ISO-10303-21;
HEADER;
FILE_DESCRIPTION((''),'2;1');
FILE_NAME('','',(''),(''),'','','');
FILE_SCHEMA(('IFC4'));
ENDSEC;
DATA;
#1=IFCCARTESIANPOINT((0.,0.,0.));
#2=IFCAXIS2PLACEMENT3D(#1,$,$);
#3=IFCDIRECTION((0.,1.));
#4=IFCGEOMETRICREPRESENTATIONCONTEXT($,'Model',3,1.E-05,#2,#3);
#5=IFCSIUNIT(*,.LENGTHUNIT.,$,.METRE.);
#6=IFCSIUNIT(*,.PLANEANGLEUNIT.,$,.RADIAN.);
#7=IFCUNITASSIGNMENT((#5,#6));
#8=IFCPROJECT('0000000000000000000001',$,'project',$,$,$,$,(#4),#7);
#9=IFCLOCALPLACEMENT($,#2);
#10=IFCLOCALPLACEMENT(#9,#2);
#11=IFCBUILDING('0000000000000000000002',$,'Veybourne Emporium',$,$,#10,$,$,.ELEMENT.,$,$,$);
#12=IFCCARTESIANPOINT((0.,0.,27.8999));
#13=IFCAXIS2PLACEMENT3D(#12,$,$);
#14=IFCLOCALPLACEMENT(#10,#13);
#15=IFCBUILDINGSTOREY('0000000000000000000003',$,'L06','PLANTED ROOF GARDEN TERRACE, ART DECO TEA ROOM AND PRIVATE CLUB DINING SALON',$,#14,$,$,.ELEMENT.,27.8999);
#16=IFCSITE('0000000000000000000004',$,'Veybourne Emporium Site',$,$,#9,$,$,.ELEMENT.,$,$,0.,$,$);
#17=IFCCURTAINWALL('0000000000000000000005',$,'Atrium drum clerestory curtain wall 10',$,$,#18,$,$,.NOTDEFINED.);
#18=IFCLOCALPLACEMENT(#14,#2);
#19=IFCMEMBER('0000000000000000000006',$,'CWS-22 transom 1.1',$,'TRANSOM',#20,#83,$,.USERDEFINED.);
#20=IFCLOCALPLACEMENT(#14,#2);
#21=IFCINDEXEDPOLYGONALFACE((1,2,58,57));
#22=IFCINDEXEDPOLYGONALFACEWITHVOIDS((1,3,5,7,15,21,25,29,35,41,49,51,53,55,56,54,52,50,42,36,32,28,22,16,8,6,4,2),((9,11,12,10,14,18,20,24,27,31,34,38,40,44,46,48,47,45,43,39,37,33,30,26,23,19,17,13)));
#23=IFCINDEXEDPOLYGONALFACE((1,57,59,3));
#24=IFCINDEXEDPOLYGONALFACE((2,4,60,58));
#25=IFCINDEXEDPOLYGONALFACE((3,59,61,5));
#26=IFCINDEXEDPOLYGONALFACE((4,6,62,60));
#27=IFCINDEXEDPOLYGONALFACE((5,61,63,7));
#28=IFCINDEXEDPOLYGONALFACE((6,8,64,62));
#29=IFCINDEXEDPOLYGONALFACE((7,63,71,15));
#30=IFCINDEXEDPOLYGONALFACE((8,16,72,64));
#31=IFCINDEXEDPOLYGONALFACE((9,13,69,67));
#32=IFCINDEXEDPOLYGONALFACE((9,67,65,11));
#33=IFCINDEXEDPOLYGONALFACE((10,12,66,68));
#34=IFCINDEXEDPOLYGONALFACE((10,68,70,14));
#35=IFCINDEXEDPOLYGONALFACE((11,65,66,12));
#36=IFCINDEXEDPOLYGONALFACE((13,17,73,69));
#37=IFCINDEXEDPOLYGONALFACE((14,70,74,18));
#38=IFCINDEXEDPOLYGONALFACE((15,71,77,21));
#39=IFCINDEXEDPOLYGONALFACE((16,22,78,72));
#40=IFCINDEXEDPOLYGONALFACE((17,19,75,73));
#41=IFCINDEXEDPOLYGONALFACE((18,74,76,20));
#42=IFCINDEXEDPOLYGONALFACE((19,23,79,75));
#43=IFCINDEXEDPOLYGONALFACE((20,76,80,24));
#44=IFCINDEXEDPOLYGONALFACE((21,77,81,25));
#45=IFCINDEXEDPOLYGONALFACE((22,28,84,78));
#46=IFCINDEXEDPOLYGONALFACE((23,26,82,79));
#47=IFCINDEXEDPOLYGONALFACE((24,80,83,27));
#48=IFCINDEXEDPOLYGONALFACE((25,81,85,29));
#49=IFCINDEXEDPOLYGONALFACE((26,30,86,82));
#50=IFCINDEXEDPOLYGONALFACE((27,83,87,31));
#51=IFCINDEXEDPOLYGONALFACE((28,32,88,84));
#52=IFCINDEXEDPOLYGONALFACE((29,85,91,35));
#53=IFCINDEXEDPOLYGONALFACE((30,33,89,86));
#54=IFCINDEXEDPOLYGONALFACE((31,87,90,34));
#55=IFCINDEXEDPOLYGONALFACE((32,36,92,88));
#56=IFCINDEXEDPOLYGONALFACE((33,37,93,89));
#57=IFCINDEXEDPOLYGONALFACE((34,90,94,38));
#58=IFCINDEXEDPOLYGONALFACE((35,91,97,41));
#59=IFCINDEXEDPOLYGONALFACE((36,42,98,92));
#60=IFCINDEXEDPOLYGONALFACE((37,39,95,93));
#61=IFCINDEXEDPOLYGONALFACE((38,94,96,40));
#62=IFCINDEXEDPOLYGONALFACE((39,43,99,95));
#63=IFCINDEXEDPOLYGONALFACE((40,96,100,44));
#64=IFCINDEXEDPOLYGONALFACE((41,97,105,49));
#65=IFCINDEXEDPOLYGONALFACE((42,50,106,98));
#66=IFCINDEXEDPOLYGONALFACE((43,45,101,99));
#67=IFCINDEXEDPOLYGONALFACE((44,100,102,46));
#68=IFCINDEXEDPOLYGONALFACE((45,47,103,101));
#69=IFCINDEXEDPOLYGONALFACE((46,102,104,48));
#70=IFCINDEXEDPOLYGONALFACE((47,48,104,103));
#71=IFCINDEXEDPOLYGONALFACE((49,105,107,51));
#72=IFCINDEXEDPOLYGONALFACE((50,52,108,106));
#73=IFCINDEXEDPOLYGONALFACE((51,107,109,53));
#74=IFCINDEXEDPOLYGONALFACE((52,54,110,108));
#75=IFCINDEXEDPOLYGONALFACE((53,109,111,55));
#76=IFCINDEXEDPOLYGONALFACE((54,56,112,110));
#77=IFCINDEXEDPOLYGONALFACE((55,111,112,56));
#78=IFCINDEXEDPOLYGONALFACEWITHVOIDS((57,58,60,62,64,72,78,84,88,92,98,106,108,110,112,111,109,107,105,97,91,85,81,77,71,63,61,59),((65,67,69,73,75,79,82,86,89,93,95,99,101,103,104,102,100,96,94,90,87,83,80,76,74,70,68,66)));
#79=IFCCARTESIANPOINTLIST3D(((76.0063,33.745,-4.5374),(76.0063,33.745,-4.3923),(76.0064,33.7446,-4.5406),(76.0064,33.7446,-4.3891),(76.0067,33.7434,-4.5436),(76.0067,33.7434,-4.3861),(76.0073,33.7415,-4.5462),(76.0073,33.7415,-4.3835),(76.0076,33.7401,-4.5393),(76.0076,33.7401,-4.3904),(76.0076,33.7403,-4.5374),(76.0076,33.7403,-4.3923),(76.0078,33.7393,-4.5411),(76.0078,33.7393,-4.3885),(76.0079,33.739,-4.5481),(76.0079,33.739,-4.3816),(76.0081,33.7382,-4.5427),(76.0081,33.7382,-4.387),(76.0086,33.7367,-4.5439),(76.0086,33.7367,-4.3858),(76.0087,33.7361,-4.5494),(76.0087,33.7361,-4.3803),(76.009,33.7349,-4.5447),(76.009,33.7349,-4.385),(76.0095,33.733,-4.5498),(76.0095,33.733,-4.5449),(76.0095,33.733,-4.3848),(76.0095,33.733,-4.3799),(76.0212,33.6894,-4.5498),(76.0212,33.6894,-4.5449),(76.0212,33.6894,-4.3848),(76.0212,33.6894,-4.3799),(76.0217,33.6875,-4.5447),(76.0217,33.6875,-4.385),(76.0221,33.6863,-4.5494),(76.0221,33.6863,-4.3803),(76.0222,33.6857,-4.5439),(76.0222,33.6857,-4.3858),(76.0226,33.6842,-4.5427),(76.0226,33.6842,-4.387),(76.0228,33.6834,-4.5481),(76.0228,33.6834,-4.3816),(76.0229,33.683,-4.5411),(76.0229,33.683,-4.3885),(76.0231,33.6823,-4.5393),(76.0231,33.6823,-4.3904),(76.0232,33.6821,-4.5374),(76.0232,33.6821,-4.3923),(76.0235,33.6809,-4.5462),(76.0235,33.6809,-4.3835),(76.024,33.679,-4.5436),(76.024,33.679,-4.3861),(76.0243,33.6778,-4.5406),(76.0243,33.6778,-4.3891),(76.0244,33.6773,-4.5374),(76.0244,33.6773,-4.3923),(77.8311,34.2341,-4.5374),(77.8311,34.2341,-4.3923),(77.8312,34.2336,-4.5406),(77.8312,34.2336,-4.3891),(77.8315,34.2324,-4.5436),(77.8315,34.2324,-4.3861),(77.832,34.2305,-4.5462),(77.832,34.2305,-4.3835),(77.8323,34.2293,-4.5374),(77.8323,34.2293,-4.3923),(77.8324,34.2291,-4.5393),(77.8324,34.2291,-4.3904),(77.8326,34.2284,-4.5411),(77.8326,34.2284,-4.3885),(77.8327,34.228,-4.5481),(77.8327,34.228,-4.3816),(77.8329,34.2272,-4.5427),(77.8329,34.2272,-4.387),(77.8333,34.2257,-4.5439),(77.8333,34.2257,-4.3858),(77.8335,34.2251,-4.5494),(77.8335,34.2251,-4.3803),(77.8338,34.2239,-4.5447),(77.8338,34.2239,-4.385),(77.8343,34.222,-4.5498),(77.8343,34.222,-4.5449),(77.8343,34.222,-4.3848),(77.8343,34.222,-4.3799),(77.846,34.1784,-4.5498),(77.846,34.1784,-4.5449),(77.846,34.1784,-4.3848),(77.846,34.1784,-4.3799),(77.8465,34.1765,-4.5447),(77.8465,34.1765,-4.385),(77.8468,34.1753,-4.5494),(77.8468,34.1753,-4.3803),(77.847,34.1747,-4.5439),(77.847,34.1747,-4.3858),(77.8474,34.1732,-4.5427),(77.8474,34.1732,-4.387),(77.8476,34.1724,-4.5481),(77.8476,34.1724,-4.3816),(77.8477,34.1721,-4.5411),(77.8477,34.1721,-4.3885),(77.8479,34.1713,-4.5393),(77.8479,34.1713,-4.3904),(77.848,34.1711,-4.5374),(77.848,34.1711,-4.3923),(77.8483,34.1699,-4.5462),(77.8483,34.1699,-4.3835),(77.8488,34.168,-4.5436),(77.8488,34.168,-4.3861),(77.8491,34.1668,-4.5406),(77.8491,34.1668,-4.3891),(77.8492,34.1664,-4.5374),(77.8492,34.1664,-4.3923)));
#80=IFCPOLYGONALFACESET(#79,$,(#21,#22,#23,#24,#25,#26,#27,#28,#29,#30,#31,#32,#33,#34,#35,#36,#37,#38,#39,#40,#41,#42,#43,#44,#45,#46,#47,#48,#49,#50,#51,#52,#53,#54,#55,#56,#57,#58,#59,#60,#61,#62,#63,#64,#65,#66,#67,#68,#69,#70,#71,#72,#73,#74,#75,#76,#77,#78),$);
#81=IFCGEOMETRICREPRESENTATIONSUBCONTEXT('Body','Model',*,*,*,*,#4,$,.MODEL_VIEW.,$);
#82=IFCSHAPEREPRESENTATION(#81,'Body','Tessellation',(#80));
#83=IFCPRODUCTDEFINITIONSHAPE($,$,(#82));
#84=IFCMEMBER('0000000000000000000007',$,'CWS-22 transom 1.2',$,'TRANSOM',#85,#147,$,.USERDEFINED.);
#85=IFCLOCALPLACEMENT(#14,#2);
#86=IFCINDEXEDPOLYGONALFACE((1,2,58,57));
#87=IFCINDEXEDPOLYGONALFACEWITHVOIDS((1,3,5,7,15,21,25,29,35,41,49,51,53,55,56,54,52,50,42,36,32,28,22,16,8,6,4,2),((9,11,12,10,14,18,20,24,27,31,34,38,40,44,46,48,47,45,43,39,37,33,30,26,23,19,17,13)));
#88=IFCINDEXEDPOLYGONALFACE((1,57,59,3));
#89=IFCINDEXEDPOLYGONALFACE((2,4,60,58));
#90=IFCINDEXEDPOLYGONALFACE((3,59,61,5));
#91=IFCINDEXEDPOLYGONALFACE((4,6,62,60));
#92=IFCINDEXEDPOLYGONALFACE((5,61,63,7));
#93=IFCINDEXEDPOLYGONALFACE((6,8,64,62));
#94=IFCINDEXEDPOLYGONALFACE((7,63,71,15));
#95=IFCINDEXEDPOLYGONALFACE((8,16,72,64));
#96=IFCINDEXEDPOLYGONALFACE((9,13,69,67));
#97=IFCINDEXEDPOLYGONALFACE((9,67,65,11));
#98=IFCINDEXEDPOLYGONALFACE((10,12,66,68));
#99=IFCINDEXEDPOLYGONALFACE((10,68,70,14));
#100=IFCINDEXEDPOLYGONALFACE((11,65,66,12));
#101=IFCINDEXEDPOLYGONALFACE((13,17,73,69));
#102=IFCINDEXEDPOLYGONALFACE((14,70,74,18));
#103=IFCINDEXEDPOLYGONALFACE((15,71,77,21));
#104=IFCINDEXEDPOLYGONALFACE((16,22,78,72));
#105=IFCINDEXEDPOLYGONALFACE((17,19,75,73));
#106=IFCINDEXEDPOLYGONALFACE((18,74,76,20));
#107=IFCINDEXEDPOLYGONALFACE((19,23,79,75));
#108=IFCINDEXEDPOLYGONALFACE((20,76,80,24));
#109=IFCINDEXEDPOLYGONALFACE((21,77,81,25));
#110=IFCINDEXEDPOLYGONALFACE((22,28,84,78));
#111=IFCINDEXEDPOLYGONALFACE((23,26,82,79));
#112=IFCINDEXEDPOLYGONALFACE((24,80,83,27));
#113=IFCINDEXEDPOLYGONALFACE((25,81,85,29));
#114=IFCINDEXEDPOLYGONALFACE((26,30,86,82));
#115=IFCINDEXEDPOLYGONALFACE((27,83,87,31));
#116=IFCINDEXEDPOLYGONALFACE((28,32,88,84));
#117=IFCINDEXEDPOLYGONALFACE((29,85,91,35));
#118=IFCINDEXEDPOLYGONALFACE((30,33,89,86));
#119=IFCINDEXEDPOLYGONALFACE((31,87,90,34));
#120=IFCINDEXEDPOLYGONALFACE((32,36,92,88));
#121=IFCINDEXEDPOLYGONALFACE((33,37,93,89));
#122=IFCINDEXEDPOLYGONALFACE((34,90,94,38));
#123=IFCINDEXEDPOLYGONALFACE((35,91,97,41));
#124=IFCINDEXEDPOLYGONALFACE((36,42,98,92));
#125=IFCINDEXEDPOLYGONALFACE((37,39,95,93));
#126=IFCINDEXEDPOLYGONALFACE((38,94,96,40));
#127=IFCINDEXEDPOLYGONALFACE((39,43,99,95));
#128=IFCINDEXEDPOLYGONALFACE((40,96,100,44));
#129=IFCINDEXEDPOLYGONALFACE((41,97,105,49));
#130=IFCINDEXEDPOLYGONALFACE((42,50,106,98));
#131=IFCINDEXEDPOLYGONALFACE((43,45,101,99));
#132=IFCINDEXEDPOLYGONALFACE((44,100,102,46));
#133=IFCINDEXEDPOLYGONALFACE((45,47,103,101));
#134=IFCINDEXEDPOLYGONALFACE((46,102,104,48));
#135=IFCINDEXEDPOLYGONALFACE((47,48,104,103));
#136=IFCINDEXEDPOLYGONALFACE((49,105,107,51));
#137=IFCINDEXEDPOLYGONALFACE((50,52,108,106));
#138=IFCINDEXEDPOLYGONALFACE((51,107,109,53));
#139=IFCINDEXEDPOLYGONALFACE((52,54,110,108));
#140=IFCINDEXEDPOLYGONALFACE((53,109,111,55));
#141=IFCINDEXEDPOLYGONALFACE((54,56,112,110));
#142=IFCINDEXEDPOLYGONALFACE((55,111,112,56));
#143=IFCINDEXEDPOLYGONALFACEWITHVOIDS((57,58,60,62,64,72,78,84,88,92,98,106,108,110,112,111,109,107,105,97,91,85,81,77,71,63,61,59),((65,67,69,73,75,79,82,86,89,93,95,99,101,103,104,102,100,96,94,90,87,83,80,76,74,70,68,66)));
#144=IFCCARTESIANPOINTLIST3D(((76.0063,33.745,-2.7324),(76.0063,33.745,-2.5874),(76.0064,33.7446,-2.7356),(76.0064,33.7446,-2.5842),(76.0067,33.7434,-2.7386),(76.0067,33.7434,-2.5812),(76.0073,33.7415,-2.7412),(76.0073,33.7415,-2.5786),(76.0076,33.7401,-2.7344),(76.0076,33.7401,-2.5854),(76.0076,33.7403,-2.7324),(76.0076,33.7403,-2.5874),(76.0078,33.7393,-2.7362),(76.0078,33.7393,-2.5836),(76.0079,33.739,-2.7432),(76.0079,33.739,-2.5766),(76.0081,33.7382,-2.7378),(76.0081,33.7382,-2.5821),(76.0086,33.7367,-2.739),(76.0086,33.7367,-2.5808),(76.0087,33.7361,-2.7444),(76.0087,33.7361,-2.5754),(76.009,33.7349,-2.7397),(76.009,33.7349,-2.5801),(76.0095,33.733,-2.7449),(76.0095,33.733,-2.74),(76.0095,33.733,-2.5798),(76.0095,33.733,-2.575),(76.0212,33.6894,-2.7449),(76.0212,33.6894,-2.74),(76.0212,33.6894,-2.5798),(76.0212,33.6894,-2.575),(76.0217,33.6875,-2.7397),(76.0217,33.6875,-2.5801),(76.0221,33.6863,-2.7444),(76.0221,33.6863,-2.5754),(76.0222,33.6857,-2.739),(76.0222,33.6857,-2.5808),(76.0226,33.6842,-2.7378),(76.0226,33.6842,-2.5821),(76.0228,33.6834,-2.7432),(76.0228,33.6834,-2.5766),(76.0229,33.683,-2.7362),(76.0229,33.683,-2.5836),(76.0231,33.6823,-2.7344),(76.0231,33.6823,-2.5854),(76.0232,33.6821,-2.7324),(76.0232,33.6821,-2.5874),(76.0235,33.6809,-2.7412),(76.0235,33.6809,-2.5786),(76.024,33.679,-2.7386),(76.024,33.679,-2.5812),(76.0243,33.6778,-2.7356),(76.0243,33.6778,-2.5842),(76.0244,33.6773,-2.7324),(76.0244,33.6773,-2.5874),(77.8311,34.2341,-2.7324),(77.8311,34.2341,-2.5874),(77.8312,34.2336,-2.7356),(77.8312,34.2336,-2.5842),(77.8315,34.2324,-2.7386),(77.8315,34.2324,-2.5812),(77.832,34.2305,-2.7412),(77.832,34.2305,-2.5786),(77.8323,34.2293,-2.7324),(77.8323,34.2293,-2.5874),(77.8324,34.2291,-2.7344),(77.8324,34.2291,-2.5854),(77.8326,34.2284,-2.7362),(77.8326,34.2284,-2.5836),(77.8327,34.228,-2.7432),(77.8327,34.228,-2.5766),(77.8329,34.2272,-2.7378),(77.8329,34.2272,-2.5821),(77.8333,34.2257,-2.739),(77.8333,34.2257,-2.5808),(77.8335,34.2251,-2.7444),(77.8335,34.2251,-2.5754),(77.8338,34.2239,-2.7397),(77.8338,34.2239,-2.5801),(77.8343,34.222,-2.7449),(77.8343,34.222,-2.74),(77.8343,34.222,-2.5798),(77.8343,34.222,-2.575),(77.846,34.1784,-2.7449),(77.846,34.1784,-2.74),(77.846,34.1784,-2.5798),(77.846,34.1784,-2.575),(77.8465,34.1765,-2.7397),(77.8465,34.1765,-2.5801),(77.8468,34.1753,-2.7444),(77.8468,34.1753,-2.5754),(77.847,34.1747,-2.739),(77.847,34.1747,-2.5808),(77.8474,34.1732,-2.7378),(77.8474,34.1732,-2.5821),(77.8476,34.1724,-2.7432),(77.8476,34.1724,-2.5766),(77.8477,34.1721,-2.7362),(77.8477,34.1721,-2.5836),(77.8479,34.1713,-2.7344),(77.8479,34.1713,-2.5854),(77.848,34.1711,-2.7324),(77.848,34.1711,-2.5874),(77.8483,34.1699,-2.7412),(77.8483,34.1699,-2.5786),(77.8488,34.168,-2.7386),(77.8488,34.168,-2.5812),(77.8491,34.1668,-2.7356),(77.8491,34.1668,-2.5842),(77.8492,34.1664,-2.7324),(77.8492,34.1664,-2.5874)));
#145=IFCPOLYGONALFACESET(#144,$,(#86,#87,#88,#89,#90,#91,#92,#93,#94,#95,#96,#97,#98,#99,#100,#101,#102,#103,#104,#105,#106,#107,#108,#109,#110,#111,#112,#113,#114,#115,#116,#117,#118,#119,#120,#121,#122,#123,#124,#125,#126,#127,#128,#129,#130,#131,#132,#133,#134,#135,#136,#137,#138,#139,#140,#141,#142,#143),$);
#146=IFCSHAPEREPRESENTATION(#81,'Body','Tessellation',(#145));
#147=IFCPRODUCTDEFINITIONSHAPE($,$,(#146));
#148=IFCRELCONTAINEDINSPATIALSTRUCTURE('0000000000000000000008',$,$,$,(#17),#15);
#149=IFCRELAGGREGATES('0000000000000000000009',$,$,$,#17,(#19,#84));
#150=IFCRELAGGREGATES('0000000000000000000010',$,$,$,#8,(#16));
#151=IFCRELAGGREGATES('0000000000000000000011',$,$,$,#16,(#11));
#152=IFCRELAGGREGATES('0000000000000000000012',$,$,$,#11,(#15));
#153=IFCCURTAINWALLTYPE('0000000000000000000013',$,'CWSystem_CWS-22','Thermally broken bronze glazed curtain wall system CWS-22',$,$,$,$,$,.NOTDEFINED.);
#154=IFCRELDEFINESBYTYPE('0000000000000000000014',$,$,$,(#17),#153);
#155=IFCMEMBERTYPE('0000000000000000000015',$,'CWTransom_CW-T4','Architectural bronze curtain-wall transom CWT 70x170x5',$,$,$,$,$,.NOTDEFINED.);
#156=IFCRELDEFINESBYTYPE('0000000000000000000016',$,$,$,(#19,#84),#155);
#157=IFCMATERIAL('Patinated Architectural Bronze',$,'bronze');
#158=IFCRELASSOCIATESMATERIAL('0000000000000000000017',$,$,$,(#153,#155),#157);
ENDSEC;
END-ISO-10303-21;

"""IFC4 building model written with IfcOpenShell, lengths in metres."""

from ifc_helpers import new_model, si_unit, direction, frame, origin, origin_2d, place, context, subcontext, project, spatial, hollow_rectangle, extrude, material, material_profile, profile_set, type_object, element, aggregate, save


model = new_model("IFC4")

# Units and contexts
model_context = context("Model", 3, precision=1e-05, world=origin(), true_north=direction((0.0, 1.0)))
body_context = subcontext(model_context, "Body", "Model", "MODEL_VIEW")
ifc_project = project(units=[si_unit("LENGTHUNIT", "METRE"), si_unit("PLANEANGLEUNIT", "RADIAN")], contexts=[model_context])

# Site, building, storey
site_placement = place(None, origin())
site = spatial("IfcSite", under=ifc_project, at=site_placement, Name="Veybourne Emporium Site", CompositionType="ELEMENT", RefElevation=0.0)
building_placement = place(site_placement, origin())
building = spatial("IfcBuilding", under=site, at=building_placement, Name="Veybourne Emporium", CompositionType="ELEMENT")
storey_placement = place(building_placement, frame((0.0, 0.0, 27.8999)))
storey = spatial("IfcBuildingStorey", under=building, at=storey_placement, Name="L06", Description="PLANTED ROOF GARDEN TERRACE, ART DECO TEA ROOM AND PRIVATE CLUB DINING SALON", CompositionType="ELEMENT", Elevation=27.8999)

# Shared definitions
ifc_material_1 = material(Name="Patinated Architectural Bronze", Category="bronze")

# Curtain wall
curtain_wall_type_1 = type_object("IfcCurtainWallType", Name="CWSystem_CWS-22", Description="Thermally broken bronze glazed curtain wall system CWS-22", PredefinedType="NOTDEFINED", material=ifc_material_1)
curtain_wall_1_placement = place(storey_placement, origin())
curtain_wall_1 = element("IfcCurtainWall", 1, at=curtain_wall_1_placement, inside=storey, type_object=curtain_wall_type_1, Name="Atrium drum clerestory curtain wall 10", PredefinedType="NOTDEFINED")

# Members
ifc_material_profile_1 = material_profile(ifc_material_1, hollow_rectangle(XDim=0.0701, YDim=0.1699, WallThickness=0.0049, InnerFilletRadius=0.0076, OuterFilletRadius=0.0125, at=origin_2d()), Name="CWT 70x170x5")
ifc_profile_set_1 = profile_set([ifc_material_profile_1], Name="Patinated Architectural Bronze")
member_type_1 = type_object("IfcMemberType", Name="CWTransom_CW-T4", Description="Architectural bronze curtain-wall transom CWT 70x170x5", PredefinedType="NOTDEFINED", material=ifc_profile_set_1)
member_1_placement = place(storey_placement, frame((76.0154, 33.7112, -4.4648), z_axis=(0.965915, 0.258861, 0.0), x_axis=(-0.258861, 0.965915, 0.0)))
member_1 = element("IfcMember", 2, at=member_1_placement, type_object=member_type_1, Name="CWS-22 transom 1.1", ObjectType="TRANSOM", PredefinedType="USERDEFINED", context=body_context, shape_type="SweptSolid", body=[
    extrude(hollow_rectangle(XDim=0.0701, YDim=0.1699, WallThickness=0.0049, InnerFilletRadius=0.0076, OuterFilletRadius=0.0125, at=origin_2d()), origin(), (0.0, 0.0, 1.0), 1.8892),
])
member_2_placement = place(storey_placement, frame((76.0154, 33.7112, -2.6599), z_axis=(0.965915, 0.258861, 0.0), x_axis=(-0.258861, 0.965915, 0.0)))
member_2 = element("IfcMember", 3, at=member_2_placement, type_object=member_type_1, Name="CWS-22 transom 1.2", ObjectType="TRANSOM", PredefinedType="USERDEFINED", context=body_context, shape_type="SweptSolid", body=[
    extrude(hollow_rectangle(XDim=0.0701, YDim=0.1699, WallThickness=0.0049, InnerFilletRadius=0.0076, OuterFilletRadius=0.0125, at=origin_2d()), origin(), (0.0, 0.0, 1.0), 1.8892),
])

aggregate(curtain_wall_1, [member_1, member_2])

save(model, "model.ifc")
